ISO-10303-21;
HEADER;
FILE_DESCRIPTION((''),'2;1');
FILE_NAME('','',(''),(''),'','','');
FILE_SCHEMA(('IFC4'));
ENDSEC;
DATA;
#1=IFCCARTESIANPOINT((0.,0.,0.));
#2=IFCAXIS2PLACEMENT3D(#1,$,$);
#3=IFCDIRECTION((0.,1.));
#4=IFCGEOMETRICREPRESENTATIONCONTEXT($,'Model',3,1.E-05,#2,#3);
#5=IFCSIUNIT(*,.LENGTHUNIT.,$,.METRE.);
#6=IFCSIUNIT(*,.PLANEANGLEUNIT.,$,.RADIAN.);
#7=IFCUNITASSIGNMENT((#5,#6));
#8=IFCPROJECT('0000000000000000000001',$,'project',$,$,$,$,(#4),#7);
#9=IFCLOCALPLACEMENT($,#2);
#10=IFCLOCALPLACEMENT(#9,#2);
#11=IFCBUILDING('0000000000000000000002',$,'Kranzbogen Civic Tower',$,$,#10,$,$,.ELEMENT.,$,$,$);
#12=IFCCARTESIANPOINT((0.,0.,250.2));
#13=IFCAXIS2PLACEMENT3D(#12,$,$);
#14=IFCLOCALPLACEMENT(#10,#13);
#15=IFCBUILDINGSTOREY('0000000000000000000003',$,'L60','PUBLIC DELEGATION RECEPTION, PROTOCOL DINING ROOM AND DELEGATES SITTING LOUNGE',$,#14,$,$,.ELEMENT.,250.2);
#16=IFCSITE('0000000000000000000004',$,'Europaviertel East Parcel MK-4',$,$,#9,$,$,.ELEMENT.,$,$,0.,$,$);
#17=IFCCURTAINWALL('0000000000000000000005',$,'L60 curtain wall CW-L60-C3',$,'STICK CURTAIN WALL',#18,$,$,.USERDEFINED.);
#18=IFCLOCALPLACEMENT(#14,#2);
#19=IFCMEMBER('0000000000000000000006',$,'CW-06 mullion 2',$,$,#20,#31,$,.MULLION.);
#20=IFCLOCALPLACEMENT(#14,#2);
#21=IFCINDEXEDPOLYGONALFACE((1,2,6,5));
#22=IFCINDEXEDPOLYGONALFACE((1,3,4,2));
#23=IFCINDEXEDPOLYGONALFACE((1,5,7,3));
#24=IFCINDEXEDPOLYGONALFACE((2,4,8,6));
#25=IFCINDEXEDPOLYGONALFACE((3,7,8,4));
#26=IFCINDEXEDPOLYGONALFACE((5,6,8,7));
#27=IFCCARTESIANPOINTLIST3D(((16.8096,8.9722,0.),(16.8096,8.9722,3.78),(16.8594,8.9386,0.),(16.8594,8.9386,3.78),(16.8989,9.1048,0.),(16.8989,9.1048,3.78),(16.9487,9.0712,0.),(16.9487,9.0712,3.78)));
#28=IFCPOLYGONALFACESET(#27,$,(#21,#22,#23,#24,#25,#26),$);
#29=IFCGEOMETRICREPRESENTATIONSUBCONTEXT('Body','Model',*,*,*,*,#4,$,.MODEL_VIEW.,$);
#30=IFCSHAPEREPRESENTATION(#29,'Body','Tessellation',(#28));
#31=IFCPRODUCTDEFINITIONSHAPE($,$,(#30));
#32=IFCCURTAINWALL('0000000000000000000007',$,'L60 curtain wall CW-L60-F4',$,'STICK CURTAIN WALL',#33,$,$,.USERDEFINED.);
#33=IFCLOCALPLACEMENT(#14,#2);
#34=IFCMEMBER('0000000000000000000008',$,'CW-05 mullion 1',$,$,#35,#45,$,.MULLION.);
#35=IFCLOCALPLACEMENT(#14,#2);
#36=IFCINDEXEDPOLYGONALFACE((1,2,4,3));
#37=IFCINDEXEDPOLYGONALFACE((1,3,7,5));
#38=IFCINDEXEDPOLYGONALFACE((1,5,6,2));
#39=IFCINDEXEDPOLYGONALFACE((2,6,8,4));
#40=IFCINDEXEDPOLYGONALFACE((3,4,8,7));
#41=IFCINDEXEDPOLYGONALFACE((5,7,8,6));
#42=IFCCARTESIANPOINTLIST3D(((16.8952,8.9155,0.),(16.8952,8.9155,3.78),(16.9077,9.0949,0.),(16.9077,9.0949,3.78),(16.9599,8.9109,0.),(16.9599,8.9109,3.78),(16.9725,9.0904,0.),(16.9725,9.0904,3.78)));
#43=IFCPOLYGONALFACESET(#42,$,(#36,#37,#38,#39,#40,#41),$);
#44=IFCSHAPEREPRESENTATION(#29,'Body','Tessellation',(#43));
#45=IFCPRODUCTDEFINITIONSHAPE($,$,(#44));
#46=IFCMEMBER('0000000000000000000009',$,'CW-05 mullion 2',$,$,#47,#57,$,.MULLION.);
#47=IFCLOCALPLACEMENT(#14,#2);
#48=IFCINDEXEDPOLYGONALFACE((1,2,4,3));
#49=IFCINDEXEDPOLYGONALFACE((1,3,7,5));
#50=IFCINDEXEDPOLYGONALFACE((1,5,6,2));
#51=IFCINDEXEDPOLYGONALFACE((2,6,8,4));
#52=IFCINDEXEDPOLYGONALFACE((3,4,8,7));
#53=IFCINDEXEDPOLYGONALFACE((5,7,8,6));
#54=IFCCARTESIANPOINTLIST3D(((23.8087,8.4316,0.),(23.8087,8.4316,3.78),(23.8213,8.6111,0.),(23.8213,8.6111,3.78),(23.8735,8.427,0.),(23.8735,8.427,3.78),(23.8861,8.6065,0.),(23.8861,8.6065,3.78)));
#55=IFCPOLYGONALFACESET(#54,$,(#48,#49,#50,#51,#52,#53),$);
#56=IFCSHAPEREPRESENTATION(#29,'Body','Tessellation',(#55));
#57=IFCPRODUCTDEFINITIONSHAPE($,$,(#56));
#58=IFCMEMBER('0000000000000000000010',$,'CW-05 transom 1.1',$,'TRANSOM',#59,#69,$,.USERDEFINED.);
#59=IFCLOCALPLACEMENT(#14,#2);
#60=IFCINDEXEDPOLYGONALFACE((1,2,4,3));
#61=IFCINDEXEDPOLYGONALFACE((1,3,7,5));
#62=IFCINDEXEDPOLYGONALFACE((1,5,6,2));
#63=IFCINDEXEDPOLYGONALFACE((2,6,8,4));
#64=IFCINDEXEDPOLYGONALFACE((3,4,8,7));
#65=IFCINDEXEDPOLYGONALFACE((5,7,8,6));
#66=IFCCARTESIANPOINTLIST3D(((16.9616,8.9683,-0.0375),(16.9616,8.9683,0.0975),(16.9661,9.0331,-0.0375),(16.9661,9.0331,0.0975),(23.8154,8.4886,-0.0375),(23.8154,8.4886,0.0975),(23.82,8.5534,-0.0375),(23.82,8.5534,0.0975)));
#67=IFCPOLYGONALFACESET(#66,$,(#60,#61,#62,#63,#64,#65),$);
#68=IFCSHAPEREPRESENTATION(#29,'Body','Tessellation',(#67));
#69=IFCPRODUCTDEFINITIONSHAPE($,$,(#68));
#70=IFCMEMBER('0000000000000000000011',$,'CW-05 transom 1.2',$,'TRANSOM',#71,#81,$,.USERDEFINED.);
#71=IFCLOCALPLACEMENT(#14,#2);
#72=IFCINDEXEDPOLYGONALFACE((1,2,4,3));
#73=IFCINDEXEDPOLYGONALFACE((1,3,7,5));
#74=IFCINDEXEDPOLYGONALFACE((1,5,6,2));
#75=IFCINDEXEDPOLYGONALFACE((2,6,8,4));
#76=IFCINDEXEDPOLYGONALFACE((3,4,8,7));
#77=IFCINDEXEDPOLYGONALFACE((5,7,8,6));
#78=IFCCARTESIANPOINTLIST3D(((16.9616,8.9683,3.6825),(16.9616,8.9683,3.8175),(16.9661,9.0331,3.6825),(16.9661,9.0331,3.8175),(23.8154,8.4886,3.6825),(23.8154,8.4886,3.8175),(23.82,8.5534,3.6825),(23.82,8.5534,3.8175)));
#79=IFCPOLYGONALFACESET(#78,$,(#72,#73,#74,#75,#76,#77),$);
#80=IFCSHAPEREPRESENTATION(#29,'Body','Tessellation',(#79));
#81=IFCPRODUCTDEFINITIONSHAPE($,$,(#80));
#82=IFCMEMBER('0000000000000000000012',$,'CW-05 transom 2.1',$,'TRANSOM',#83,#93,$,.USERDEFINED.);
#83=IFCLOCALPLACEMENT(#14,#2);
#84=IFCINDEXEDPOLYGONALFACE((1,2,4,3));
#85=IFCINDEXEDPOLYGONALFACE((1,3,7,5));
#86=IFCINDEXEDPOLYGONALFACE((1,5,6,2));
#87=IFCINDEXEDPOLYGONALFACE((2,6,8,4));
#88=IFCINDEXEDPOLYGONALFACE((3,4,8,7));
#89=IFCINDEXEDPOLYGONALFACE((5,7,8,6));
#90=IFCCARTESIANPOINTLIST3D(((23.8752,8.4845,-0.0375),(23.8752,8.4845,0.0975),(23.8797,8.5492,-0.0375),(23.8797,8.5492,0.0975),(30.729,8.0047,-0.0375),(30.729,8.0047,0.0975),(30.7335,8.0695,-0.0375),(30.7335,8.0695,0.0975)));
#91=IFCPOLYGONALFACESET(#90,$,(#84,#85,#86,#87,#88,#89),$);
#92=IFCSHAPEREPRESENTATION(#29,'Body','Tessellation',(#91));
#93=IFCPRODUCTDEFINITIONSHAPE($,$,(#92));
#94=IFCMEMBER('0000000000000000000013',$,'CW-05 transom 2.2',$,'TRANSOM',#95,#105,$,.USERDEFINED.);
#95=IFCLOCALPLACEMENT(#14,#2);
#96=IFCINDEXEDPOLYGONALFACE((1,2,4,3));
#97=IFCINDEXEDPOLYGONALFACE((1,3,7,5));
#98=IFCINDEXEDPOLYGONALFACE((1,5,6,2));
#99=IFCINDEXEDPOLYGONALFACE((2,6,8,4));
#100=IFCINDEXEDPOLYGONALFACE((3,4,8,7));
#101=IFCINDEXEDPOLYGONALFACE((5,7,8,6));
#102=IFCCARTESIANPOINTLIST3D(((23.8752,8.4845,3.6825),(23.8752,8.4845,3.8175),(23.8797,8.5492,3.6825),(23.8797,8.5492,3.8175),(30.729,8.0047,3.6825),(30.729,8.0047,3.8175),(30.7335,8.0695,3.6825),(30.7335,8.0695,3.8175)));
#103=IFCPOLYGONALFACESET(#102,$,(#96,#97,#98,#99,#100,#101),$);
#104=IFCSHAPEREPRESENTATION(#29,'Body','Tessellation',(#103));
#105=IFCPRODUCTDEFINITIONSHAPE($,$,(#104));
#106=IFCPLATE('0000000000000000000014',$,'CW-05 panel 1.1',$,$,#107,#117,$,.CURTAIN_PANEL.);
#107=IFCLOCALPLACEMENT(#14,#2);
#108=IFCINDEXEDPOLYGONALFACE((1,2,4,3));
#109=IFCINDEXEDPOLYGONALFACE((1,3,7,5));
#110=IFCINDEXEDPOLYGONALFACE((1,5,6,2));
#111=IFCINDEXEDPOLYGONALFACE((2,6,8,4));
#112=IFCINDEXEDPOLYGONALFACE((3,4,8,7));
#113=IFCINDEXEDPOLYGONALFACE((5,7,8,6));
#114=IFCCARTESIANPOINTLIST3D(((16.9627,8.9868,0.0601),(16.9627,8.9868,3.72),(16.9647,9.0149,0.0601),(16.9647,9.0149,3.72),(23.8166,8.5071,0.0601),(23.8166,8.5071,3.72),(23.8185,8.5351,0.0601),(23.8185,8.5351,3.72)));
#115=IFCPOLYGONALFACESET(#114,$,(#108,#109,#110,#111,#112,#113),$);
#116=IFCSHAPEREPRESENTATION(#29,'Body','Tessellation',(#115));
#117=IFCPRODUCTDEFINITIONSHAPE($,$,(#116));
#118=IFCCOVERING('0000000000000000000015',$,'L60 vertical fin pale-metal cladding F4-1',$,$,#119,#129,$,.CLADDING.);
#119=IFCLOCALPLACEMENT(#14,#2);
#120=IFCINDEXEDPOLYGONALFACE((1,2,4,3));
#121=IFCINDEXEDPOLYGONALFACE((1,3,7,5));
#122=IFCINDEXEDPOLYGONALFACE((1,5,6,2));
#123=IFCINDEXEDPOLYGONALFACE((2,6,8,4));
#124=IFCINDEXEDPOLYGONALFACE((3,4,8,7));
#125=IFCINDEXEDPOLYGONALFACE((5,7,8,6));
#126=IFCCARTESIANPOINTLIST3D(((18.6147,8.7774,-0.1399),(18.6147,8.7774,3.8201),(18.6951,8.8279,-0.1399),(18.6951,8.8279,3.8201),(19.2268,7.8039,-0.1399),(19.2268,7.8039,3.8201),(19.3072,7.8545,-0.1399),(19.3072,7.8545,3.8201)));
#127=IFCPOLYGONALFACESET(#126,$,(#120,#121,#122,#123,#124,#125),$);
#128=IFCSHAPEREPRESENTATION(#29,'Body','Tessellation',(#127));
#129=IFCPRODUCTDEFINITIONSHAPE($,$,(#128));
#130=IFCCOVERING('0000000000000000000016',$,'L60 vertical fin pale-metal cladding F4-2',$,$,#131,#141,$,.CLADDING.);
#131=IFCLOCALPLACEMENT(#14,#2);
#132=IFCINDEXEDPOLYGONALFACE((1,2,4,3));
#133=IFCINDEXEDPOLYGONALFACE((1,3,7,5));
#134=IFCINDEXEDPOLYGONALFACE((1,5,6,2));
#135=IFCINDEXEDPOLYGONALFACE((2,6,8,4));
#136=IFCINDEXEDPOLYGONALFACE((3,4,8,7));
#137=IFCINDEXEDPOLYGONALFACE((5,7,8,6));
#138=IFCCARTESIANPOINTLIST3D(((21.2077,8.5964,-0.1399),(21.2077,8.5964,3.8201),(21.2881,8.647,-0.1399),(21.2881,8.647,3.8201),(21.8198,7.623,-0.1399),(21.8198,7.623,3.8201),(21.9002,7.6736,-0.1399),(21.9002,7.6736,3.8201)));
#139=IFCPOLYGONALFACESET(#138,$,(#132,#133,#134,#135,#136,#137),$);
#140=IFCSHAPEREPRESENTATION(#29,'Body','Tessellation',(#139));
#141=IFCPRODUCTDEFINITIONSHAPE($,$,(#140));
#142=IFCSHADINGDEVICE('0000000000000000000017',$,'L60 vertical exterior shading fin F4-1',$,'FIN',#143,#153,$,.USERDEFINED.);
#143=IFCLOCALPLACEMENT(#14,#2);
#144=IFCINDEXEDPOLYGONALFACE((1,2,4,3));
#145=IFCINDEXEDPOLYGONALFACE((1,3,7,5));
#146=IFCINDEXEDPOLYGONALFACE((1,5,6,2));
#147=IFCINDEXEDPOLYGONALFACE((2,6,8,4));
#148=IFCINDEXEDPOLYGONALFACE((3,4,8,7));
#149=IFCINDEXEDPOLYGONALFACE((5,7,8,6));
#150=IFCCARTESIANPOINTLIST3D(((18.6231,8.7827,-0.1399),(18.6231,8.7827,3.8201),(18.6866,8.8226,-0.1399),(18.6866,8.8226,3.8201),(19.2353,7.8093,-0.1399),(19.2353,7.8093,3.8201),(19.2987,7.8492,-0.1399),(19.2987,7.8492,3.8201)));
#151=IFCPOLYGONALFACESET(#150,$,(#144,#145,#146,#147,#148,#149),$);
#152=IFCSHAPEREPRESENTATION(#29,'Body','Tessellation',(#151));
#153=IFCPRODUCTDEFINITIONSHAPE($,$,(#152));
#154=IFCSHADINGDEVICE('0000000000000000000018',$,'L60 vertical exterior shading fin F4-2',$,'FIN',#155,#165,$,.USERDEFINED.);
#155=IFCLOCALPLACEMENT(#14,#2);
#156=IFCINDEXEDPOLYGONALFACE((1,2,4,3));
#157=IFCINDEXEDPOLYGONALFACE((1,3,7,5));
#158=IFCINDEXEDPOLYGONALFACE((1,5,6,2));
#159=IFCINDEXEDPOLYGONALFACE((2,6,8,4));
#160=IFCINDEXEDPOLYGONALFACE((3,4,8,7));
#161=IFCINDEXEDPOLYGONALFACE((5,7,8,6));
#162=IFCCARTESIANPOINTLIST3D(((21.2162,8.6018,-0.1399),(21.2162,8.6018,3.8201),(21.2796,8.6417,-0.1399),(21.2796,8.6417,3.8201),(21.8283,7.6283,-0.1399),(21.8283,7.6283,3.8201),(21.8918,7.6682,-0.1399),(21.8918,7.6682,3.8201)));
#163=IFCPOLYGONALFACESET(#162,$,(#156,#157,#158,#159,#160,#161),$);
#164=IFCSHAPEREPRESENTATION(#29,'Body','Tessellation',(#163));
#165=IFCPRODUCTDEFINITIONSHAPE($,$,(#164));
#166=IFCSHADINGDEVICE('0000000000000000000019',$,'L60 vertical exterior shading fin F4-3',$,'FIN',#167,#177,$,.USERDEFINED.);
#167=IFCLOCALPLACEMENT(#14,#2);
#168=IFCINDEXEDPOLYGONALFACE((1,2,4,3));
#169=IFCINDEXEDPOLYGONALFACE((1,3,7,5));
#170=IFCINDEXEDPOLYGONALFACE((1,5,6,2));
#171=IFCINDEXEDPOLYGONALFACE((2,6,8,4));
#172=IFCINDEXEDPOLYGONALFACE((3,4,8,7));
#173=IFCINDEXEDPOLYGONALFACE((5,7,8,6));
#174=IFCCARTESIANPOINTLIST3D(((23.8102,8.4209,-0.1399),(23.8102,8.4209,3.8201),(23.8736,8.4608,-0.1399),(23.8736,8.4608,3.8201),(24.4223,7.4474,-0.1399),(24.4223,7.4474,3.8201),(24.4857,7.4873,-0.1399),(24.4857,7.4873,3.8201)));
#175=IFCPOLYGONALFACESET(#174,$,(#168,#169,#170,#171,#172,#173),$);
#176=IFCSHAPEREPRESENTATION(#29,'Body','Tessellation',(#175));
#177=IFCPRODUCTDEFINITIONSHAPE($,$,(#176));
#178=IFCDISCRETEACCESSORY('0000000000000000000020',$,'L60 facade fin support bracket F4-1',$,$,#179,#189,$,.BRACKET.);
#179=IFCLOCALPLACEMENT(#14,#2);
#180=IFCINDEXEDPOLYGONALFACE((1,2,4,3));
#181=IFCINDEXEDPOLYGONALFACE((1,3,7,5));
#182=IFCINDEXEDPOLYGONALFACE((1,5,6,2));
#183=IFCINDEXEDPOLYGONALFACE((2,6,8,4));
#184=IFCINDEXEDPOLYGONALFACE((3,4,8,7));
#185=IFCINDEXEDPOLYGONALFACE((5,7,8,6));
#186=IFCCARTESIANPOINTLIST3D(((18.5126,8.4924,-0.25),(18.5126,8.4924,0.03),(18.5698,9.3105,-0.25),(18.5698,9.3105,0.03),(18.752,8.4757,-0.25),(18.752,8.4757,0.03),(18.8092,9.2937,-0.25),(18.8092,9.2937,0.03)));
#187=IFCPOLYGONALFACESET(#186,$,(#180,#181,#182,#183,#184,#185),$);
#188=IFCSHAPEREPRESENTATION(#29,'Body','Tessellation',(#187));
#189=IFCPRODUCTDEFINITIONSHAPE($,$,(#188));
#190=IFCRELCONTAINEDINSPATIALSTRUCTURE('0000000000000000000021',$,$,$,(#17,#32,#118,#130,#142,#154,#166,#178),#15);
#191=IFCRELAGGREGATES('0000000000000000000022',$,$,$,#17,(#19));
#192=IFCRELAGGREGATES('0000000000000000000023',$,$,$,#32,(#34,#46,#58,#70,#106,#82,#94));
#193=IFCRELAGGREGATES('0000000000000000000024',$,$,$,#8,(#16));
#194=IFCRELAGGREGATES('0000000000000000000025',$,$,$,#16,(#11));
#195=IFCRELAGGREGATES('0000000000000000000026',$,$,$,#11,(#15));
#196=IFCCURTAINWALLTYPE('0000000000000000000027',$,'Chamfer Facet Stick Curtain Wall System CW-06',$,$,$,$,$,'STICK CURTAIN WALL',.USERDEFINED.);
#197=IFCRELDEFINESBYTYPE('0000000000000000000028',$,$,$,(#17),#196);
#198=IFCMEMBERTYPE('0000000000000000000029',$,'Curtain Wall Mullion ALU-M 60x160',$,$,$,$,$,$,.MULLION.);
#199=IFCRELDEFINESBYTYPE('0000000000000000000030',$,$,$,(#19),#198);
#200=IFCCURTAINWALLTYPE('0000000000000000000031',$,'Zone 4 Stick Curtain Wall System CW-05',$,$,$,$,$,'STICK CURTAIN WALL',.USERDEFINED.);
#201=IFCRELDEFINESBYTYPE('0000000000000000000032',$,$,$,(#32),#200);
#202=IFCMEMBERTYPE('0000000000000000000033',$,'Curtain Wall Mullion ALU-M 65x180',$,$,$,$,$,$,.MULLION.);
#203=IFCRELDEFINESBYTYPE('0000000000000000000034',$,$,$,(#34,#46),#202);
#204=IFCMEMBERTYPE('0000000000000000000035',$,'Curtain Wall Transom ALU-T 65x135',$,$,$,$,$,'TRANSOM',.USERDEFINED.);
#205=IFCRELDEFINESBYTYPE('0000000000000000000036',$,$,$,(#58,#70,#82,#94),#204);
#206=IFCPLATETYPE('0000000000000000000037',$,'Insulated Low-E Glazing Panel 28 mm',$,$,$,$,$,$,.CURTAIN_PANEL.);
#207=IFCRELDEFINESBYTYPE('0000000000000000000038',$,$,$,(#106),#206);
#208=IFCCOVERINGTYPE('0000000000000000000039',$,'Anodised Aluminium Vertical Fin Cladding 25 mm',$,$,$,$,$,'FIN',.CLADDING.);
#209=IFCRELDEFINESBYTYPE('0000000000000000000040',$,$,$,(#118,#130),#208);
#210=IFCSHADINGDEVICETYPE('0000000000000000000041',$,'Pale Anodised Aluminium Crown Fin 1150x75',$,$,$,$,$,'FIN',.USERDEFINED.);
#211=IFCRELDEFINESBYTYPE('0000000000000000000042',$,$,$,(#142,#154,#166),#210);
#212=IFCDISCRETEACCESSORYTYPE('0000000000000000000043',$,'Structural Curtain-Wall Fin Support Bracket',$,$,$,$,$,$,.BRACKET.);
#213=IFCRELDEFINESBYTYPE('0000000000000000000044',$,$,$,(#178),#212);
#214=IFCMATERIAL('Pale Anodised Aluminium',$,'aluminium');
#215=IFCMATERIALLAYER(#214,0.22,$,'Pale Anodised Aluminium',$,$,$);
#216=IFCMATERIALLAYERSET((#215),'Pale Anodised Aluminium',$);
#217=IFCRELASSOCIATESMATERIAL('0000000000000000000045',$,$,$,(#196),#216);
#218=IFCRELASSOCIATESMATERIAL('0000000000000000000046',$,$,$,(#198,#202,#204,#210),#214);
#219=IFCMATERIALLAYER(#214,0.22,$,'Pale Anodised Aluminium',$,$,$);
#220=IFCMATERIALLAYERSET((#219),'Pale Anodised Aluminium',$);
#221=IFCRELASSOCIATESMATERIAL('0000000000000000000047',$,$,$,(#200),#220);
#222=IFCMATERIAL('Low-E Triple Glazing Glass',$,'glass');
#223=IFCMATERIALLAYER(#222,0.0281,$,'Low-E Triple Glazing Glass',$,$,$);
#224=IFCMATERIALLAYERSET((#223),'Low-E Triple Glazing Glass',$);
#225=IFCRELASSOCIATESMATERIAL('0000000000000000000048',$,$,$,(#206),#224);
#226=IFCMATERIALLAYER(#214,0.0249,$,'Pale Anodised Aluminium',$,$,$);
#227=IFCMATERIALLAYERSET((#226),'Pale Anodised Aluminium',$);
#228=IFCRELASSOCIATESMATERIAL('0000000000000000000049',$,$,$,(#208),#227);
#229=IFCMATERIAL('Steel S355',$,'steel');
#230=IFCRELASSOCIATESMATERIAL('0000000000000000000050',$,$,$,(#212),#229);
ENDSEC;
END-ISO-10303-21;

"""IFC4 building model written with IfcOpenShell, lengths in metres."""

from ifc_helpers import new_model, si_unit, direction, frame, origin, origin_2d, place, context, subcontext, project, spatial, rectangle, extrude, material, layer, layer_set, material_profile, profile_set, type_object, element, aggregate, save


model = new_model("IFC4")

# Units and contexts
model_context = context("Model", 3, precision=1e-05, world=origin(), true_north=direction((0.0, 1.0)))
body_context = subcontext(model_context, "Body", "Model", "MODEL_VIEW")
ifc_project = project(units=[si_unit("LENGTHUNIT", "METRE"), si_unit("PLANEANGLEUNIT", "RADIAN")], contexts=[model_context])

# Site, building, storey
site_placement = place(None, origin())
site = spatial("IfcSite", under=ifc_project, at=site_placement, Name="Europaviertel East Parcel MK-4", CompositionType="ELEMENT", RefElevation=0.0)
building_placement = place(site_placement, origin())
building = spatial("IfcBuilding", under=site, at=building_placement, Name="Kranzbogen Civic Tower", CompositionType="ELEMENT")
storey_placement = place(building_placement, frame((0.0, 0.0, 250.2)))
storey = spatial("IfcBuildingStorey", under=building, at=storey_placement, Name="L60", Description="PUBLIC DELEGATION RECEPTION, PROTOCOL DINING ROOM AND DELEGATES SITTING LOUNGE", CompositionType="ELEMENT", Elevation=250.2)

# Curtain wall, member
ifc_material_1 = material(Name="Pale Anodised Aluminium", Category="aluminium")
ifc_layer_1 = layer(ifc_material_1, 0.22, Name="Pale Anodised Aluminium")
ifc_layer_set_1 = layer_set([ifc_layer_1], Name="Pale Anodised Aluminium")
curtain_wall_type_1 = type_object("IfcCurtainWallType", Name="Chamfer Facet Stick Curtain Wall System CW-06", ElementType="STICK CURTAIN WALL", PredefinedType="USERDEFINED", material=ifc_layer_set_1)
curtain_wall_1_placement = place(storey_placement, origin())
curtain_wall_1 = element("IfcCurtainWall", 1, at=curtain_wall_1_placement, inside=storey, type_object=curtain_wall_type_1, Name="L60 curtain wall CW-L60-C3", ObjectType="STICK CURTAIN WALL", PredefinedType="USERDEFINED")
ifc_material_profile_1 = material_profile(ifc_material_1, rectangle(XDim=0.0601, YDim=0.1599, at=origin_2d()), Name="ALU-M 60x160")
ifc_profile_set_1 = profile_set([ifc_material_profile_1], Name="Pale Anodised Aluminium")
member_type_1 = type_object("IfcMemberType", Name="Curtain Wall Mullion ALU-M 60x160", PredefinedType="MULLION", material=ifc_profile_set_1)
member_1_placement = place(storey_placement, frame((16.8792, 9.0217, 0.0), z_axis=(0.0, 0.0, 1.0), x_axis=(0.829145, -0.559034, 0.0)))
member_1 = element("IfcMember", 2, at=member_1_placement, type_object=member_type_1, Name="CW-06 mullion 2", PredefinedType="MULLION", context=body_context, shape_type="SweptSolid", body=[
    extrude(rectangle(XDim=0.0601, YDim=0.1599, at=origin_2d()), origin(), (0.0, 0.0, 1.0), 3.78),
])
aggregate(curtain_wall_1, [member_1])

# Curtain wall, members, plate
ifc_layer_2 = layer(ifc_material_1, 0.22, Name="Pale Anodised Aluminium")
ifc_layer_set_2 = layer_set([ifc_layer_2], Name="Pale Anodised Aluminium")
curtain_wall_type_2 = type_object("IfcCurtainWallType", Name="Zone 4 Stick Curtain Wall System CW-05", ElementType="STICK CURTAIN WALL", PredefinedType="USERDEFINED", material=ifc_layer_set_2)
curtain_wall_2_placement = place(storey_placement, origin())
curtain_wall_2 = element("IfcCurtainWall", 3, at=curtain_wall_2_placement, inside=storey, type_object=curtain_wall_type_2, Name="L60 curtain wall CW-L60-F4", ObjectType="STICK CURTAIN WALL", PredefinedType="USERDEFINED")
ifc_material_profile_2 = material_profile(ifc_material_1, rectangle(XDim=0.0649, YDim=0.1799, at=origin_2d()), Name="ALU-M 65x180")
ifc_profile_set_2 = profile_set([ifc_material_profile_2], Name="Pale Anodised Aluminium")
member_type_2 = type_object("IfcMemberType", Name="Curtain Wall Mullion ALU-M 65x180", PredefinedType="MULLION", material=ifc_profile_set_2)
member_2_placement = place(storey_placement, frame((16.9338, 9.0029, 0.0), z_axis=(0.0, 0.0, 1.0), x_axis=(0.997559, -0.069823, 0.0)))
member_2 = element("IfcMember", 4, at=member_2_placement, type_object=member_type_2, Name="CW-05 mullion 1", PredefinedType="MULLION", context=body_context, shape_type="SweptSolid", body=[
    extrude(rectangle(XDim=0.0649, YDim=0.1799, at=origin_2d()), origin(), (0.0, 0.0, 1.0), 3.78),
])
member_3_placement = place(storey_placement, frame((23.8474, 8.519, 0.0), z_axis=(0.0, 0.0, 1.0), x_axis=(0.997559, -0.069823, 0.0)))
member_3 = element("IfcMember", 5, at=member_3_placement, type_object=member_type_2, Name="CW-05 mullion 2", PredefinedType="MULLION", context=body_context, shape_type="SweptSolid", body=[
    extrude(rectangle(XDim=0.0649, YDim=0.1799, at=origin_2d()), origin(), (0.0, 0.0, 1.0), 3.78),
])
ifc_material_profile_3 = material_profile(ifc_material_1, rectangle(XDim=0.0649, YDim=0.135, at=origin_2d()), Name="ALU-T 65x135")
ifc_profile_set_3 = profile_set([ifc_material_profile_3], Name="Pale Anodised Aluminium")
member_type_3 = type_object("IfcMemberType", Name="Curtain Wall Transom ALU-T 65x135", ElementType="TRANSOM", PredefinedType="USERDEFINED", material=ifc_profile_set_3)
member_4_placement = place(storey_placement, frame((16.9639, 9.0007, 0.03), z_axis=(0.997559, -0.069825, 0.0), x_axis=(0.069825, 0.997559, 0.0)))
member_4 = element("IfcMember", 6, at=member_4_placement, type_object=member_type_3, Name="CW-05 transom 1.1", ObjectType="TRANSOM", PredefinedType="USERDEFINED", context=body_context, shape_type="SweptSolid", body=[
    extrude(rectangle(XDim=0.0649, YDim=0.135, at=origin_2d()), origin(), (0.0, 0.0, 1.0), 6.8706),
])
member_5_placement = place(storey_placement, frame((16.9639, 9.0007, 3.75), z_axis=(0.997559, -0.069825, 0.0), x_axis=(0.069825, 0.997559, 0.0)))
member_5 = element("IfcMember", 7, at=member_5_placement, type_object=member_type_3, Name="CW-05 transom 1.2", ObjectType="TRANSOM", PredefinedType="USERDEFINED", context=body_context, shape_type="SweptSolid", body=[
    extrude(rectangle(XDim=0.0649, YDim=0.135, at=origin_2d()), origin(), (0.0, 0.0, 1.0), 6.8706),
])
member_6_placement = place(storey_placement, frame((23.8774, 8.5168, 0.03), z_axis=(0.997559, -0.069825, 0.0), x_axis=(0.069825, 0.997559, 0.0)))
member_6 = element("IfcMember", 8, at=member_6_placement, type_object=member_type_3, Name="CW-05 transom 2.1", ObjectType="TRANSOM", PredefinedType="USERDEFINED", context=body_context, shape_type="SweptSolid", body=[
    extrude(rectangle(XDim=0.0649, YDim=0.135, at=origin_2d()), origin(), (0.0, 0.0, 1.0), 6.8706),
])
member_7_placement = place(storey_placement, frame((23.8774, 8.5168, 3.75), z_axis=(0.997559, -0.069825, 0.0), x_axis=(0.069825, 0.997559, 0.0)))
member_7 = element("IfcMember", 9, at=member_7_placement, type_object=member_type_3, Name="CW-05 transom 2.2", ObjectType="TRANSOM", PredefinedType="USERDEFINED", context=body_context, shape_type="SweptSolid", body=[
    extrude(rectangle(XDim=0.0649, YDim=0.135, at=origin_2d()), origin(), (0.0, 0.0, 1.0), 6.8706),
])
ifc_material_2 = material(Name="Low-E Triple Glazing Glass", Category="glass")
ifc_layer_3 = layer(ifc_material_2, 0.0281, Name="Low-E Triple Glazing Glass")
ifc_layer_set_3 = layer_set([ifc_layer_3], Name="Low-E Triple Glazing Glass")
plate_type = type_object("IfcPlateType", Name="Insulated Low-E Glazing Panel 28 mm", PredefinedType="CURTAIN_PANEL", material=ifc_layer_set_3)
plate_placement = place(storey_placement, frame((20.3906, 8.761, 0.0601), z_axis=(0.0, 0.0, 1.0), x_axis=(0.997559, -0.069823, 0.0)))
plate = element("IfcPlate", 10, at=plate_placement, type_object=plate_type, Name="CW-05 panel 1.1", PredefinedType="CURTAIN_PANEL", context=body_context, shape_type="SweptSolid", body=[
    extrude(rectangle(XDim=6.8706, YDim=0.0281, at=origin_2d()), origin(), (0.0, 0.0, 1.0), 3.6599),
])
aggregate(curtain_wall_2, [member_2, member_3, member_4, member_5, plate, member_6, member_7])

# Coverings
ifc_layer_4 = layer(ifc_material_1, 0.0249, Name="Pale Anodised Aluminium")
ifc_layer_set_4 = layer_set([ifc_layer_4], Name="Pale Anodised Aluminium")
covering_type = type_object("IfcCoveringType", Name="Anodised Aluminium Vertical Fin Cladding 25 mm", ElementType="FIN", PredefinedType="CLADDING", material=ifc_layer_set_4)
for number, where, z_axis, x_axis, name in (
    (11, (18.9609, 8.3159, -0.1399), (0.0, 0.0, 1.0), (0.532344, -0.846528, 0.0), "L60 vertical fin pale-metal cladding F4-1"),
    (12, (21.554, 8.135, -0.1399), (0.0, 0.0, 1.0), (0.532344, -0.846528, 0.0), "L60 vertical fin pale-metal cladding F4-2"),
):
    element("IfcCovering", number, at=place(storey_placement, frame(where, z_axis=z_axis, x_axis=x_axis)), inside=storey, type_object=covering_type, Name=name, PredefinedType="CLADDING", context=body_context, shape_type="SweptSolid", body=[
        extrude(rectangle(XDim=1.1499, YDim=0.095, at=origin_2d()), origin(), (0.0, 0.0, 1.0), 3.96),
    ])

# Shading devices
shading_device_type = type_object("IfcShadingDeviceType", Name="Pale Anodised Aluminium Crown Fin 1150x75", ElementType="FIN", PredefinedType="USERDEFINED", material=ifc_material_1)
for number, where, z_axis, x_axis, name in (
    (13, (18.9609, 8.3159, -0.1399), (0.0, 0.0, 1.0), (0.532344, -0.846528, 0.0), "L60 vertical exterior shading fin F4-1"),
    (14, (21.554, 8.135, -0.1399), (0.0, 0.0, 1.0), (0.532344, -0.846528, 0.0), "L60 vertical exterior shading fin F4-2"),
    (15, (24.1479, 7.9541, -0.1399), (0.0, 0.0, 1.0), (0.532344, -0.846528, 0.0), "L60 vertical exterior shading fin F4-3"),
):
    element("IfcShadingDevice", number, at=place(storey_placement, frame(where, z_axis=z_axis, x_axis=x_axis)), inside=storey, type_object=shading_device_type, Name=name, ObjectType="FIN", PredefinedType="USERDEFINED", context=body_context, shape_type="SweptSolid", body=[
        extrude(rectangle(XDim=1.1499, YDim=0.075, at=origin_2d()), origin(), (0.0, 0.0, 1.0), 3.96),
    ])

# Discrete accessory
ifc_material_3 = material(Name="Steel S355", Category="steel")
discrete_accessory_type = type_object("IfcDiscreteAccessoryType", Name="Structural Curtain-Wall Fin Support Bracket", PredefinedType="BRACKET", material=ifc_material_3)
for number, where, z_axis, x_axis, name in (
    (16, (18.6609, 8.8931, -0.25), (0.0, 0.0, 1.0), (-0.069756, -0.997564, 0.0), "L60 facade fin support bracket F4-1"),
):
    element("IfcDiscreteAccessory", number, at=place(storey_placement, frame(where, z_axis=z_axis, x_axis=x_axis)), inside=storey, type_object=discrete_accessory_type, Name=name, PredefinedType="BRACKET", context=body_context, shape_type="SweptSolid", body=[
        extrude(rectangle(XDim=0.8201, YDim=0.24, at=origin_2d()), origin(), (0.0, 0.0, 1.0), 0.28),
    ])

save(model, "model.ifc")
